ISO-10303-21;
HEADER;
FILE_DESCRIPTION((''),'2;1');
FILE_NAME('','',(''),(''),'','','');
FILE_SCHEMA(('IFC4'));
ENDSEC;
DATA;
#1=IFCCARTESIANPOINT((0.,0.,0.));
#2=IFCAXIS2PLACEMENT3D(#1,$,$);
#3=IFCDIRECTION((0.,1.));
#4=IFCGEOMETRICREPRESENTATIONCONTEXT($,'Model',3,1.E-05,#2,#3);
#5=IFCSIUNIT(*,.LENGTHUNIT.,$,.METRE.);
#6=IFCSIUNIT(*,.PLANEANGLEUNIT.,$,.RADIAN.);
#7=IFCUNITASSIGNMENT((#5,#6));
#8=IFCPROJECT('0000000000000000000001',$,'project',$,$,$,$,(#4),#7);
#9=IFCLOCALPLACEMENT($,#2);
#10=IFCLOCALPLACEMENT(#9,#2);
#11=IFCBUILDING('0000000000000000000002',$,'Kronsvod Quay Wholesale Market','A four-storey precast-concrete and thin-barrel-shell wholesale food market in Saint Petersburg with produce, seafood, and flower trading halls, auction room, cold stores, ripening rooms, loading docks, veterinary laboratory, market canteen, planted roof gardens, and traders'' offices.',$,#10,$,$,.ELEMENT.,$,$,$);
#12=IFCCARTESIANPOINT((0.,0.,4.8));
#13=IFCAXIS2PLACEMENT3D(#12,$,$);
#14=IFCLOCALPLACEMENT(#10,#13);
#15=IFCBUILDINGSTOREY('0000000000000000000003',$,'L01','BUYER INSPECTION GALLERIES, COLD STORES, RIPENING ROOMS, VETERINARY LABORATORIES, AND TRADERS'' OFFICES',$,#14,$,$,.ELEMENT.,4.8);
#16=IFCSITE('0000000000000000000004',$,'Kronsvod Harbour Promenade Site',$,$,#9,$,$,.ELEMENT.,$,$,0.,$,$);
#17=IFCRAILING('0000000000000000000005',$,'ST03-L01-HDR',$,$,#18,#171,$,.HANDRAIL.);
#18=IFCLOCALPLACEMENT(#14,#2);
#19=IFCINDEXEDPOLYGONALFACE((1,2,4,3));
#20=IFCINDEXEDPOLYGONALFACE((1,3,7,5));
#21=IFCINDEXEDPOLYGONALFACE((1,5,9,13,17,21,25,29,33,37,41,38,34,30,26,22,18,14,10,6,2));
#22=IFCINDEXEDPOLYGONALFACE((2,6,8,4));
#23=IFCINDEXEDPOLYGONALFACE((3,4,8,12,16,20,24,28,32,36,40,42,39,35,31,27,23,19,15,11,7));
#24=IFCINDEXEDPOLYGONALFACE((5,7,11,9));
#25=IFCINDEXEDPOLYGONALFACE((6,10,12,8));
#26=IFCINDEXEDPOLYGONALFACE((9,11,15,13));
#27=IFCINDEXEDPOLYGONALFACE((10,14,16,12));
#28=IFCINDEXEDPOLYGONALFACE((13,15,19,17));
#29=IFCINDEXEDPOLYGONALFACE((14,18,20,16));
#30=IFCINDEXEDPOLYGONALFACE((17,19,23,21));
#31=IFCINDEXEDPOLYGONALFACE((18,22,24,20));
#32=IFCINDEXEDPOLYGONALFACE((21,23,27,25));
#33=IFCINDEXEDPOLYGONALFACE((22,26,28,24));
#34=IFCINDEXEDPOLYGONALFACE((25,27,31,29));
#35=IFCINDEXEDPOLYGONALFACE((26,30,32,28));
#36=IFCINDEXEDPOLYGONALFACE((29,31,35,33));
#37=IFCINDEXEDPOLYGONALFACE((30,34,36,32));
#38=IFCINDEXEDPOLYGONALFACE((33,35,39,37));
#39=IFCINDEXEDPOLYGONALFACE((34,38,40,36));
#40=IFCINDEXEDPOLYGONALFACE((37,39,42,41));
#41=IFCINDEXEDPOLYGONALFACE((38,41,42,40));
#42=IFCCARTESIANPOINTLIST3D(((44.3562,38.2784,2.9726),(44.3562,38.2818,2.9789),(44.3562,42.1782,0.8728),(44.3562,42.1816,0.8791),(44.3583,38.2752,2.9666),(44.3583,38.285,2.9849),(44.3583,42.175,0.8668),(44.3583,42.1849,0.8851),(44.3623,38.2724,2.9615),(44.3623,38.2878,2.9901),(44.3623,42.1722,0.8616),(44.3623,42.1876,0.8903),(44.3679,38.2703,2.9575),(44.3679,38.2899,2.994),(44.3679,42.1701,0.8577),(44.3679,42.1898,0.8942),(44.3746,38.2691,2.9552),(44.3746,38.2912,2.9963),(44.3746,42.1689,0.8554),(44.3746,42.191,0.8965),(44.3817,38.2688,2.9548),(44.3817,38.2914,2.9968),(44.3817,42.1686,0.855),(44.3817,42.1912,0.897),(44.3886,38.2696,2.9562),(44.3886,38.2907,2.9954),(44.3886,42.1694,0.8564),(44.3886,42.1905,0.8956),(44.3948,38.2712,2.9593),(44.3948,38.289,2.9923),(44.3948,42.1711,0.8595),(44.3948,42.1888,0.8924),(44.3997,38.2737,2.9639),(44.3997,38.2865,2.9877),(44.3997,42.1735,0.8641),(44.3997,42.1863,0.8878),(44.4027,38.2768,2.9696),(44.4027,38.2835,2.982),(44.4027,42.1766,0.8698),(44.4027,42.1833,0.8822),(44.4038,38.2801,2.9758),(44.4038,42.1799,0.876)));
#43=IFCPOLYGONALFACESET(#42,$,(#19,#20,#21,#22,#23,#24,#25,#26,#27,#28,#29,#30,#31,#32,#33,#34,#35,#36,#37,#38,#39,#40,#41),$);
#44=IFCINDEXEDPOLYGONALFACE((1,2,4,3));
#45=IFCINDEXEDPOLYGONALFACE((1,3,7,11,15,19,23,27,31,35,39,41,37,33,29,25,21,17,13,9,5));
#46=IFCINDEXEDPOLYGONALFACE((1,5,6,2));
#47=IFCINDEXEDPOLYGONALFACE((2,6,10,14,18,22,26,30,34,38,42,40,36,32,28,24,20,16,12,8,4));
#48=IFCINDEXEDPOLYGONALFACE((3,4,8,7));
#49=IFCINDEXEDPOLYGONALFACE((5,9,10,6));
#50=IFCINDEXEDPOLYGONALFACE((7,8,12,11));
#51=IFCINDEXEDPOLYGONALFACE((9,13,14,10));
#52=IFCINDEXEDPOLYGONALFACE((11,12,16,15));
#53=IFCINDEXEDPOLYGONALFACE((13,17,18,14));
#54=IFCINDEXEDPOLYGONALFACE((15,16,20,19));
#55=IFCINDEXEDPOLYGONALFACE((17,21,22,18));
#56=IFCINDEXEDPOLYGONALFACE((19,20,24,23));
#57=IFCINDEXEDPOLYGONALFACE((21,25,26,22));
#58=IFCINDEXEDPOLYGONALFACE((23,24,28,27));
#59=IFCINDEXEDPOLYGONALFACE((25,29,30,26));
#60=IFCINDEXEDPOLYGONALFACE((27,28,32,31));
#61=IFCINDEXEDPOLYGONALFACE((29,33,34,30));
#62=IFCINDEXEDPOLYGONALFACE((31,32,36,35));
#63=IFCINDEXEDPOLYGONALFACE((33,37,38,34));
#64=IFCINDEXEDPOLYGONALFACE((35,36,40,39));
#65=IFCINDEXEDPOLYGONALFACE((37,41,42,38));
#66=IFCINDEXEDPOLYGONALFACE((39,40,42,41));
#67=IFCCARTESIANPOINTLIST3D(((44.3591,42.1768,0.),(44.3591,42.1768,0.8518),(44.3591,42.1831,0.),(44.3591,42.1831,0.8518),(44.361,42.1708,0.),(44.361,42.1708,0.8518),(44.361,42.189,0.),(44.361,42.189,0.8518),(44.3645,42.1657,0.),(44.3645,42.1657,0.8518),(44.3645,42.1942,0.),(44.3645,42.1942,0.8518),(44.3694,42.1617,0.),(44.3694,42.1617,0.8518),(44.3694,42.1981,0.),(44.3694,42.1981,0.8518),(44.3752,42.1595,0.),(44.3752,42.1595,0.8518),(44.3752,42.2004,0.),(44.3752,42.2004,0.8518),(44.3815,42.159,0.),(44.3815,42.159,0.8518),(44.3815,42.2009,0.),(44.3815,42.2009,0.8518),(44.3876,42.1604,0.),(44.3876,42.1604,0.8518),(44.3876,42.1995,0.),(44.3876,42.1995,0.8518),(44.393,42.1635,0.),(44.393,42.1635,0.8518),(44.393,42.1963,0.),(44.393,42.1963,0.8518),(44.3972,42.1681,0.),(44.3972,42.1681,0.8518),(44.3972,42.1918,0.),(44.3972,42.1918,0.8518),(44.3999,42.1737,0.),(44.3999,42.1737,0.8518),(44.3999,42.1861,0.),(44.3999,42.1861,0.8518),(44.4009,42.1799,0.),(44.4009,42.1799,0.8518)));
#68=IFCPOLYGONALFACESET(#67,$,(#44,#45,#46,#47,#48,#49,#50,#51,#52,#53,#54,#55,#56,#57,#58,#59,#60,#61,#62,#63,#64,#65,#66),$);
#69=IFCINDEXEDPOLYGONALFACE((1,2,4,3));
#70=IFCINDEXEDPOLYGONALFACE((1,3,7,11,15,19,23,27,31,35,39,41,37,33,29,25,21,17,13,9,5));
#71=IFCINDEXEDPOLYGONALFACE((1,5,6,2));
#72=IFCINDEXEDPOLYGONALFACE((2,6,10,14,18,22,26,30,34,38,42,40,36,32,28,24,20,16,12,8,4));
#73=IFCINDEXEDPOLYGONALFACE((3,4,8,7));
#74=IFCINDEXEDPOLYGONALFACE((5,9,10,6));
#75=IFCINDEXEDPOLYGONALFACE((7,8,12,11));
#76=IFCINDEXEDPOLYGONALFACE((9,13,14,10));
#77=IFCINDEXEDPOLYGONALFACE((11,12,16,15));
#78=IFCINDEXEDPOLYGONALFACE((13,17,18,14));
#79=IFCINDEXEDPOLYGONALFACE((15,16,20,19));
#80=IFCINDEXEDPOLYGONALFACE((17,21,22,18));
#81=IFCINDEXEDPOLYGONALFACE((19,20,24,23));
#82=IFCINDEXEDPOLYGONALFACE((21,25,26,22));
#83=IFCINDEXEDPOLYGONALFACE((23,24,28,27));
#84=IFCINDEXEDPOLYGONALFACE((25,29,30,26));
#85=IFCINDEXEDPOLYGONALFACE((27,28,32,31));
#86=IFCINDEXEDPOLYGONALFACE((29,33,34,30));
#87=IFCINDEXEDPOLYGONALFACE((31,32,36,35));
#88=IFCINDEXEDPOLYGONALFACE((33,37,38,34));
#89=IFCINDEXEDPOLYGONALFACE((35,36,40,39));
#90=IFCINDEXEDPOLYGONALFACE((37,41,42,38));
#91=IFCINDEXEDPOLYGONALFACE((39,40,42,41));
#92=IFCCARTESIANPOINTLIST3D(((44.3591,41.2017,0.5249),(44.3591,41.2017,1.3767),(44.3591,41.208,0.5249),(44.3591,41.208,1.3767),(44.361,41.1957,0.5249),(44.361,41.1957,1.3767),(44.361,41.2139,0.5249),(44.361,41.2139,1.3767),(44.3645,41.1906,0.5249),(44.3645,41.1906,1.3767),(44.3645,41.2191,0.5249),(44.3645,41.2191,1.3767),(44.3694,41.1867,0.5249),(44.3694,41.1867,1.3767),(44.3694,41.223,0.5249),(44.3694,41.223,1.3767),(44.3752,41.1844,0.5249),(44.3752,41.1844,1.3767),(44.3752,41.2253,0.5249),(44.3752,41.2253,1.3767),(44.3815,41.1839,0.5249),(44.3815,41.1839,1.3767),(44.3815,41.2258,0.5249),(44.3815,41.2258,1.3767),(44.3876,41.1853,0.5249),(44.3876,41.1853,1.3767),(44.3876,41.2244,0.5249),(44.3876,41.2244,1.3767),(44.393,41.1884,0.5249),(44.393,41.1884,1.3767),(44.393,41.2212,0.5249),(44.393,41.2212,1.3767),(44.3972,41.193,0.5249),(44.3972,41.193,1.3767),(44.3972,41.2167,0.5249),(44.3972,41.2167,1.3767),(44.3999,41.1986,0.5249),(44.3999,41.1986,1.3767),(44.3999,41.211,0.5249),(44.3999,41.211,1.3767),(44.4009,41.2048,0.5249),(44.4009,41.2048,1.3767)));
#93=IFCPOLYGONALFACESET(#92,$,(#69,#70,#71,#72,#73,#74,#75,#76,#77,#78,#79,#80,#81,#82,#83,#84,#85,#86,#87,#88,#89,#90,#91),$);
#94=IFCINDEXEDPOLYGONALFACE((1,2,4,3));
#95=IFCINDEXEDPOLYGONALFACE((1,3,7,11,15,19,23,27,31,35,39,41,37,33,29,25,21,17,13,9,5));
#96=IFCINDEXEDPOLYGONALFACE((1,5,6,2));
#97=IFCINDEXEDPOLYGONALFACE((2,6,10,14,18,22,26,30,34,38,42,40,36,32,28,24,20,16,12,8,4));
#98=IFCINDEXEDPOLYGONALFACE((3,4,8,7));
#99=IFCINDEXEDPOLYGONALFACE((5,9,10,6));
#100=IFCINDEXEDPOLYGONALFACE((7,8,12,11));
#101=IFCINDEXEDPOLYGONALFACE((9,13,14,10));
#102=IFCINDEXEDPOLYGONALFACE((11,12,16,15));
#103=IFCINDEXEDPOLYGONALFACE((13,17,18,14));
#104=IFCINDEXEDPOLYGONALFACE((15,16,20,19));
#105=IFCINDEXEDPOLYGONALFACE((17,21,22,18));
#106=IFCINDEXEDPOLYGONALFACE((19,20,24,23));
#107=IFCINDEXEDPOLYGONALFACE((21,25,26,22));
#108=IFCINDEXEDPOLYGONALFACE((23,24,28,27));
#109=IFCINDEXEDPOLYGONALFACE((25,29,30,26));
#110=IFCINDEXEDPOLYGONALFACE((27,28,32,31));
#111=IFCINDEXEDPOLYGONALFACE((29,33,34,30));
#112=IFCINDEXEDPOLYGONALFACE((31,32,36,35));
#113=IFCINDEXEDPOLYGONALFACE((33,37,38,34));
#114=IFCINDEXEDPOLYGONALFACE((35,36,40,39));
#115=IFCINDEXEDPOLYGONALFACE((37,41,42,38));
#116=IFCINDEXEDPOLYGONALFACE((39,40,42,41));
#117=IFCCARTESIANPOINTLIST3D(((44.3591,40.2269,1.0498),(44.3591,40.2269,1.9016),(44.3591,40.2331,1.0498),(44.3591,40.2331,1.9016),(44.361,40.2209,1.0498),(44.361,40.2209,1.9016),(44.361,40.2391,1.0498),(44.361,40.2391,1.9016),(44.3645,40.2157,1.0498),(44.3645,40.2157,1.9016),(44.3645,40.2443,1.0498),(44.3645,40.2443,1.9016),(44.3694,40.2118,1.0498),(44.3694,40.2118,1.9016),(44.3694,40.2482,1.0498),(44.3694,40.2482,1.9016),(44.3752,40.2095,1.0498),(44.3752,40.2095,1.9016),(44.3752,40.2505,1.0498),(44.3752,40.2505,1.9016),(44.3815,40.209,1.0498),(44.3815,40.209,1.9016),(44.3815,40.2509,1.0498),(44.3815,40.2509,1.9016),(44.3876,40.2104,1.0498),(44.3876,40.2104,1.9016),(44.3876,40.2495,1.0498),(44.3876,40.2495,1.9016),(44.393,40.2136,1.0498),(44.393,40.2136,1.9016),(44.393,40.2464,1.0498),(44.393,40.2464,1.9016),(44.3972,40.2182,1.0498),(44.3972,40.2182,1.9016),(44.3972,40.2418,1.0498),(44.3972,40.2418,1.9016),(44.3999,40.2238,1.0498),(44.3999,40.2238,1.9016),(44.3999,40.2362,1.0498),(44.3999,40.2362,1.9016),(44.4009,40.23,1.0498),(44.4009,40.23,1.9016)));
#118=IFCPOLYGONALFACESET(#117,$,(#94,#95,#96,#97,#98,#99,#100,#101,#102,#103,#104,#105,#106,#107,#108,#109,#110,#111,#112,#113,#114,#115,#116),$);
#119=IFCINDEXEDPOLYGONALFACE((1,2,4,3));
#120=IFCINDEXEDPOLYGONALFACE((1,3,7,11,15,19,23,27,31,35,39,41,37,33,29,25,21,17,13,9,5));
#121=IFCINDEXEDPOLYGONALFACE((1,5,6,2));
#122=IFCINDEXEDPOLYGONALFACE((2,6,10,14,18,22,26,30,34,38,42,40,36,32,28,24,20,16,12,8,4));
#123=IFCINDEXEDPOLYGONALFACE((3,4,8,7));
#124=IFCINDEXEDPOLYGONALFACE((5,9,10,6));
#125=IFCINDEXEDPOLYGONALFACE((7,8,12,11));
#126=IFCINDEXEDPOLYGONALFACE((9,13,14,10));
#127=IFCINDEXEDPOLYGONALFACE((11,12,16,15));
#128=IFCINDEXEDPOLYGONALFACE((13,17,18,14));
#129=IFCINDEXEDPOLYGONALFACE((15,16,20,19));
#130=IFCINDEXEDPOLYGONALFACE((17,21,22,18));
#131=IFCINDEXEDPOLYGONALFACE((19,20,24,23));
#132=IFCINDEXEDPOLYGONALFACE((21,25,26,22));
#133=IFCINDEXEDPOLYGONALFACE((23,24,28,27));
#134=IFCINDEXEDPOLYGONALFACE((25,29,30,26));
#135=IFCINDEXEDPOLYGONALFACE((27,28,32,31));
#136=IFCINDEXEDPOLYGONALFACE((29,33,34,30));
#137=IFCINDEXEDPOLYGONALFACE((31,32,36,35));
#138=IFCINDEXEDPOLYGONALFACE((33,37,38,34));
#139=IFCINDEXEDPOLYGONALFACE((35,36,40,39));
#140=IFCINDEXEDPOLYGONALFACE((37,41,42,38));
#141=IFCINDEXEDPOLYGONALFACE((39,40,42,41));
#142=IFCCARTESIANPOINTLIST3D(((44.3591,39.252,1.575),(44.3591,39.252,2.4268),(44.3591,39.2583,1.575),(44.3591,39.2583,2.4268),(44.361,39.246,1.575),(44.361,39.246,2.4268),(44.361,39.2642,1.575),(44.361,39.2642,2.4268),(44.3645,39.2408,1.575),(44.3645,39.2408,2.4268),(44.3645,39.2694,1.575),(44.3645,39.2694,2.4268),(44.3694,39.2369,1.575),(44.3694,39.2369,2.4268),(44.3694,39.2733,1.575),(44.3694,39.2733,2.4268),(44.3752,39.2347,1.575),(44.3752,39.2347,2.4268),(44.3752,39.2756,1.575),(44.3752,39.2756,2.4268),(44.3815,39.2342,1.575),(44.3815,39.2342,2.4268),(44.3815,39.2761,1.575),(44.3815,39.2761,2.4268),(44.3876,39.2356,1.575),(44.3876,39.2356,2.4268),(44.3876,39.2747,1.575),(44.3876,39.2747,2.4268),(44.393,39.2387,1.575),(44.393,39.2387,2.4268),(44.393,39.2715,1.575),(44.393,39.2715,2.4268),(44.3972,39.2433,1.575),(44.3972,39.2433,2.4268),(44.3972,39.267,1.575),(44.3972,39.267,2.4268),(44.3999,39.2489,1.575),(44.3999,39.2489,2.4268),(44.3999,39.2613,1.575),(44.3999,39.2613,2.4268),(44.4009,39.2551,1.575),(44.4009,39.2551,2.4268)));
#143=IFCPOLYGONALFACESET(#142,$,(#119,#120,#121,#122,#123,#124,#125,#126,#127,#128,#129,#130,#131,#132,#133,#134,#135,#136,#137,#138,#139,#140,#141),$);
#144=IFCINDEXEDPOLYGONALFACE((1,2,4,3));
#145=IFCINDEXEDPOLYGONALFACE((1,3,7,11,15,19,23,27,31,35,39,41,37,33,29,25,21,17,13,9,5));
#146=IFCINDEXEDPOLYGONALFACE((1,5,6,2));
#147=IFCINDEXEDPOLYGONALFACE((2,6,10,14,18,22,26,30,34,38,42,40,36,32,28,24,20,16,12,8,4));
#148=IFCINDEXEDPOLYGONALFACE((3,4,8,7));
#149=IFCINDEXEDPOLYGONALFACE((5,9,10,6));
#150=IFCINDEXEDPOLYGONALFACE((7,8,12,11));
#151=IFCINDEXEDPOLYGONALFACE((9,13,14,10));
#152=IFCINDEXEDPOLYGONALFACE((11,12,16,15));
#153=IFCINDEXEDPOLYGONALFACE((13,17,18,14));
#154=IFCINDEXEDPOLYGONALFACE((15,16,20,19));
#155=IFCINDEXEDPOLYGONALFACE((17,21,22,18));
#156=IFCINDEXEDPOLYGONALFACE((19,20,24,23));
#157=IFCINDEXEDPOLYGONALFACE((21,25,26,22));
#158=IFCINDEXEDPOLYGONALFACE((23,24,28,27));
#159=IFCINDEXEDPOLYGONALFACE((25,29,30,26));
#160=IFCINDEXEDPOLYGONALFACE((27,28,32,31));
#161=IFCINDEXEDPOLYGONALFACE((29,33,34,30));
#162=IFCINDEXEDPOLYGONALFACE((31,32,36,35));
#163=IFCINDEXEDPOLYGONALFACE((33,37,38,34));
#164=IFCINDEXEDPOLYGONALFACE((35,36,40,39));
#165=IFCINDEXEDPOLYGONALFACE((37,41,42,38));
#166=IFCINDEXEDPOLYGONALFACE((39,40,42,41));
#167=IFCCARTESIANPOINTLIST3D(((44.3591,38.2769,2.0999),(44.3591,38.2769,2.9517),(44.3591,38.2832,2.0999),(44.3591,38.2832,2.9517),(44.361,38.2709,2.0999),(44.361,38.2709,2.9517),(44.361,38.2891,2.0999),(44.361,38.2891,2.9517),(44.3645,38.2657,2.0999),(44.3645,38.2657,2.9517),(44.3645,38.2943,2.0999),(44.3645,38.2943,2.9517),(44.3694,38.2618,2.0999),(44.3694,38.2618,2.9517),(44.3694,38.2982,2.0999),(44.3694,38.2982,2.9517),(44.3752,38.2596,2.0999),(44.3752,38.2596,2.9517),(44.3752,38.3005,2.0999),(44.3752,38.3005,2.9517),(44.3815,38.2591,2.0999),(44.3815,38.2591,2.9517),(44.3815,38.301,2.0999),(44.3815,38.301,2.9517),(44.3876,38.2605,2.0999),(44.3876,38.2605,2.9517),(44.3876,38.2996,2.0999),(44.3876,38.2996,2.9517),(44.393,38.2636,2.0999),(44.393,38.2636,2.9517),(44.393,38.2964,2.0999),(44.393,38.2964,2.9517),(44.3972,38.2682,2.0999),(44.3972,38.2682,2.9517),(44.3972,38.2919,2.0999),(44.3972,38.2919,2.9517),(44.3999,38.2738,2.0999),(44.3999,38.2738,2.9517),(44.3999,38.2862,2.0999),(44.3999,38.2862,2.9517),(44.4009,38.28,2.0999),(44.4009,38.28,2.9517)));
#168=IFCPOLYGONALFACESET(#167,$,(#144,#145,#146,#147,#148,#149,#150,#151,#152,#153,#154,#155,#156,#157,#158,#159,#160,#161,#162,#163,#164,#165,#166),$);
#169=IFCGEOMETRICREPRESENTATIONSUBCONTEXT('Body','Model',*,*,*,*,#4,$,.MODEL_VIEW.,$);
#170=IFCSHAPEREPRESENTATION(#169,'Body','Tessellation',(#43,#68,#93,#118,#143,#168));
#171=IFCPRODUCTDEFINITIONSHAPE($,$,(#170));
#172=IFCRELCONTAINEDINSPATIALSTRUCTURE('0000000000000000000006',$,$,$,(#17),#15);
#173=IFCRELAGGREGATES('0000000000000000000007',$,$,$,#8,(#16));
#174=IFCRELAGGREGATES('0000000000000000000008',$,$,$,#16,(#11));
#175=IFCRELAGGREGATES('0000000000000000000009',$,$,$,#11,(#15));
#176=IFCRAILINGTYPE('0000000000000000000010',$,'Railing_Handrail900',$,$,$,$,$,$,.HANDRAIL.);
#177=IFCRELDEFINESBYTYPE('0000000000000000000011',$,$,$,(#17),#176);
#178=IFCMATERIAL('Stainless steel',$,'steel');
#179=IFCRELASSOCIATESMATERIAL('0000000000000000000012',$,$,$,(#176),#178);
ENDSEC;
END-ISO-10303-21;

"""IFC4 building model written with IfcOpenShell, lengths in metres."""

from ifc_helpers import new_model, si_unit, direction, frame, origin, origin_2d, place, context, subcontext, project, spatial, circle, extrude, material, type_object, element, save


model = new_model("IFC4")

# Units and contexts
model_context = context("Model", 3, precision=1e-05, world=origin(), true_north=direction((0.0, 1.0)))
body_context = subcontext(model_context, "Body", "Model", "MODEL_VIEW")
ifc_project = project(units=[si_unit("LENGTHUNIT", "METRE"), si_unit("PLANEANGLEUNIT", "RADIAN")], contexts=[model_context])

# Site, building, storey
site_placement = place(None, origin())
site = spatial("IfcSite", under=ifc_project, at=site_placement, Name="Kronsvod Harbour Promenade Site", CompositionType="ELEMENT", RefElevation=0.0)
building_placement = place(site_placement, origin())
building = spatial("IfcBuilding", under=site, at=building_placement, Name="Kronsvod Quay Wholesale Market", Description="A four-storey precast-concrete and thin-barrel-shell wholesale food market in Saint Petersburg with produce, seafood, and flower trading halls, auction room, cold stores, ripening rooms, loading docks, veterinary laboratory, market canteen, planted roof gardens, and traders' offices.", CompositionType="ELEMENT")
storey_placement = place(building_placement, frame((0.0, 0.0, 4.8)))
storey = spatial("IfcBuildingStorey", under=building, at=storey_placement, Name="L01", Description="BUYER INSPECTION GALLERIES, COLD STORES, RIPENING ROOMS, VETERINARY LABORATORIES, AND TRADERS' OFFICES", CompositionType="ELEMENT", Elevation=4.8)

# Railing
ifc_material_1 = material(Name="Stainless steel", Category="steel")
railing_type_1 = type_object("IfcRailingType", Name="Railing_Handrail900", PredefinedType="HANDRAIL", material=ifc_material_1)
railing_1_placement = place(storey_placement, frame((44.3799, 42.1799, 0.0)))
element("IfcRailing", 1, at=railing_1_placement, inside=storey, type_object=railing_type_1, Name="ST03-L01-HDR", PredefinedType="HANDRAIL", context=body_context, shape_type="SweptSolid", body=[
    extrude(circle(Radius=0.0239, at=origin_2d()), frame((0.0, 0.0, 0.876), z_axis=(0.0, -0.88048, 0.474083), x_axis=(1.0, 0.0, 0.0)), (0.0, 0.0, 1.0), 4.4292),
    extrude(circle(Radius=0.021, at=origin_2d()), origin(), (0.0, 0.0, 1.0), 0.8518),
    extrude(circle(Radius=0.021, at=origin_2d()), frame((0.0, -0.9751, 0.5249)), (0.0, 0.0, 1.0), 0.8518),
    extrude(circle(Radius=0.021, at=origin_2d()), frame((0.0, -1.95, 1.0498)), (0.0, 0.0, 1.0), 0.8518),
    extrude(circle(Radius=0.021, at=origin_2d()), frame((0.0, -2.9248, 1.575)), (0.0, 0.0, 1.0), 0.8518),
    extrude(circle(Radius=0.021, at=origin_2d()), frame((0.0, -3.8999, 2.0999)), (0.0, 0.0, 1.0), 0.8518),
])

save(model, "model.ifc")
